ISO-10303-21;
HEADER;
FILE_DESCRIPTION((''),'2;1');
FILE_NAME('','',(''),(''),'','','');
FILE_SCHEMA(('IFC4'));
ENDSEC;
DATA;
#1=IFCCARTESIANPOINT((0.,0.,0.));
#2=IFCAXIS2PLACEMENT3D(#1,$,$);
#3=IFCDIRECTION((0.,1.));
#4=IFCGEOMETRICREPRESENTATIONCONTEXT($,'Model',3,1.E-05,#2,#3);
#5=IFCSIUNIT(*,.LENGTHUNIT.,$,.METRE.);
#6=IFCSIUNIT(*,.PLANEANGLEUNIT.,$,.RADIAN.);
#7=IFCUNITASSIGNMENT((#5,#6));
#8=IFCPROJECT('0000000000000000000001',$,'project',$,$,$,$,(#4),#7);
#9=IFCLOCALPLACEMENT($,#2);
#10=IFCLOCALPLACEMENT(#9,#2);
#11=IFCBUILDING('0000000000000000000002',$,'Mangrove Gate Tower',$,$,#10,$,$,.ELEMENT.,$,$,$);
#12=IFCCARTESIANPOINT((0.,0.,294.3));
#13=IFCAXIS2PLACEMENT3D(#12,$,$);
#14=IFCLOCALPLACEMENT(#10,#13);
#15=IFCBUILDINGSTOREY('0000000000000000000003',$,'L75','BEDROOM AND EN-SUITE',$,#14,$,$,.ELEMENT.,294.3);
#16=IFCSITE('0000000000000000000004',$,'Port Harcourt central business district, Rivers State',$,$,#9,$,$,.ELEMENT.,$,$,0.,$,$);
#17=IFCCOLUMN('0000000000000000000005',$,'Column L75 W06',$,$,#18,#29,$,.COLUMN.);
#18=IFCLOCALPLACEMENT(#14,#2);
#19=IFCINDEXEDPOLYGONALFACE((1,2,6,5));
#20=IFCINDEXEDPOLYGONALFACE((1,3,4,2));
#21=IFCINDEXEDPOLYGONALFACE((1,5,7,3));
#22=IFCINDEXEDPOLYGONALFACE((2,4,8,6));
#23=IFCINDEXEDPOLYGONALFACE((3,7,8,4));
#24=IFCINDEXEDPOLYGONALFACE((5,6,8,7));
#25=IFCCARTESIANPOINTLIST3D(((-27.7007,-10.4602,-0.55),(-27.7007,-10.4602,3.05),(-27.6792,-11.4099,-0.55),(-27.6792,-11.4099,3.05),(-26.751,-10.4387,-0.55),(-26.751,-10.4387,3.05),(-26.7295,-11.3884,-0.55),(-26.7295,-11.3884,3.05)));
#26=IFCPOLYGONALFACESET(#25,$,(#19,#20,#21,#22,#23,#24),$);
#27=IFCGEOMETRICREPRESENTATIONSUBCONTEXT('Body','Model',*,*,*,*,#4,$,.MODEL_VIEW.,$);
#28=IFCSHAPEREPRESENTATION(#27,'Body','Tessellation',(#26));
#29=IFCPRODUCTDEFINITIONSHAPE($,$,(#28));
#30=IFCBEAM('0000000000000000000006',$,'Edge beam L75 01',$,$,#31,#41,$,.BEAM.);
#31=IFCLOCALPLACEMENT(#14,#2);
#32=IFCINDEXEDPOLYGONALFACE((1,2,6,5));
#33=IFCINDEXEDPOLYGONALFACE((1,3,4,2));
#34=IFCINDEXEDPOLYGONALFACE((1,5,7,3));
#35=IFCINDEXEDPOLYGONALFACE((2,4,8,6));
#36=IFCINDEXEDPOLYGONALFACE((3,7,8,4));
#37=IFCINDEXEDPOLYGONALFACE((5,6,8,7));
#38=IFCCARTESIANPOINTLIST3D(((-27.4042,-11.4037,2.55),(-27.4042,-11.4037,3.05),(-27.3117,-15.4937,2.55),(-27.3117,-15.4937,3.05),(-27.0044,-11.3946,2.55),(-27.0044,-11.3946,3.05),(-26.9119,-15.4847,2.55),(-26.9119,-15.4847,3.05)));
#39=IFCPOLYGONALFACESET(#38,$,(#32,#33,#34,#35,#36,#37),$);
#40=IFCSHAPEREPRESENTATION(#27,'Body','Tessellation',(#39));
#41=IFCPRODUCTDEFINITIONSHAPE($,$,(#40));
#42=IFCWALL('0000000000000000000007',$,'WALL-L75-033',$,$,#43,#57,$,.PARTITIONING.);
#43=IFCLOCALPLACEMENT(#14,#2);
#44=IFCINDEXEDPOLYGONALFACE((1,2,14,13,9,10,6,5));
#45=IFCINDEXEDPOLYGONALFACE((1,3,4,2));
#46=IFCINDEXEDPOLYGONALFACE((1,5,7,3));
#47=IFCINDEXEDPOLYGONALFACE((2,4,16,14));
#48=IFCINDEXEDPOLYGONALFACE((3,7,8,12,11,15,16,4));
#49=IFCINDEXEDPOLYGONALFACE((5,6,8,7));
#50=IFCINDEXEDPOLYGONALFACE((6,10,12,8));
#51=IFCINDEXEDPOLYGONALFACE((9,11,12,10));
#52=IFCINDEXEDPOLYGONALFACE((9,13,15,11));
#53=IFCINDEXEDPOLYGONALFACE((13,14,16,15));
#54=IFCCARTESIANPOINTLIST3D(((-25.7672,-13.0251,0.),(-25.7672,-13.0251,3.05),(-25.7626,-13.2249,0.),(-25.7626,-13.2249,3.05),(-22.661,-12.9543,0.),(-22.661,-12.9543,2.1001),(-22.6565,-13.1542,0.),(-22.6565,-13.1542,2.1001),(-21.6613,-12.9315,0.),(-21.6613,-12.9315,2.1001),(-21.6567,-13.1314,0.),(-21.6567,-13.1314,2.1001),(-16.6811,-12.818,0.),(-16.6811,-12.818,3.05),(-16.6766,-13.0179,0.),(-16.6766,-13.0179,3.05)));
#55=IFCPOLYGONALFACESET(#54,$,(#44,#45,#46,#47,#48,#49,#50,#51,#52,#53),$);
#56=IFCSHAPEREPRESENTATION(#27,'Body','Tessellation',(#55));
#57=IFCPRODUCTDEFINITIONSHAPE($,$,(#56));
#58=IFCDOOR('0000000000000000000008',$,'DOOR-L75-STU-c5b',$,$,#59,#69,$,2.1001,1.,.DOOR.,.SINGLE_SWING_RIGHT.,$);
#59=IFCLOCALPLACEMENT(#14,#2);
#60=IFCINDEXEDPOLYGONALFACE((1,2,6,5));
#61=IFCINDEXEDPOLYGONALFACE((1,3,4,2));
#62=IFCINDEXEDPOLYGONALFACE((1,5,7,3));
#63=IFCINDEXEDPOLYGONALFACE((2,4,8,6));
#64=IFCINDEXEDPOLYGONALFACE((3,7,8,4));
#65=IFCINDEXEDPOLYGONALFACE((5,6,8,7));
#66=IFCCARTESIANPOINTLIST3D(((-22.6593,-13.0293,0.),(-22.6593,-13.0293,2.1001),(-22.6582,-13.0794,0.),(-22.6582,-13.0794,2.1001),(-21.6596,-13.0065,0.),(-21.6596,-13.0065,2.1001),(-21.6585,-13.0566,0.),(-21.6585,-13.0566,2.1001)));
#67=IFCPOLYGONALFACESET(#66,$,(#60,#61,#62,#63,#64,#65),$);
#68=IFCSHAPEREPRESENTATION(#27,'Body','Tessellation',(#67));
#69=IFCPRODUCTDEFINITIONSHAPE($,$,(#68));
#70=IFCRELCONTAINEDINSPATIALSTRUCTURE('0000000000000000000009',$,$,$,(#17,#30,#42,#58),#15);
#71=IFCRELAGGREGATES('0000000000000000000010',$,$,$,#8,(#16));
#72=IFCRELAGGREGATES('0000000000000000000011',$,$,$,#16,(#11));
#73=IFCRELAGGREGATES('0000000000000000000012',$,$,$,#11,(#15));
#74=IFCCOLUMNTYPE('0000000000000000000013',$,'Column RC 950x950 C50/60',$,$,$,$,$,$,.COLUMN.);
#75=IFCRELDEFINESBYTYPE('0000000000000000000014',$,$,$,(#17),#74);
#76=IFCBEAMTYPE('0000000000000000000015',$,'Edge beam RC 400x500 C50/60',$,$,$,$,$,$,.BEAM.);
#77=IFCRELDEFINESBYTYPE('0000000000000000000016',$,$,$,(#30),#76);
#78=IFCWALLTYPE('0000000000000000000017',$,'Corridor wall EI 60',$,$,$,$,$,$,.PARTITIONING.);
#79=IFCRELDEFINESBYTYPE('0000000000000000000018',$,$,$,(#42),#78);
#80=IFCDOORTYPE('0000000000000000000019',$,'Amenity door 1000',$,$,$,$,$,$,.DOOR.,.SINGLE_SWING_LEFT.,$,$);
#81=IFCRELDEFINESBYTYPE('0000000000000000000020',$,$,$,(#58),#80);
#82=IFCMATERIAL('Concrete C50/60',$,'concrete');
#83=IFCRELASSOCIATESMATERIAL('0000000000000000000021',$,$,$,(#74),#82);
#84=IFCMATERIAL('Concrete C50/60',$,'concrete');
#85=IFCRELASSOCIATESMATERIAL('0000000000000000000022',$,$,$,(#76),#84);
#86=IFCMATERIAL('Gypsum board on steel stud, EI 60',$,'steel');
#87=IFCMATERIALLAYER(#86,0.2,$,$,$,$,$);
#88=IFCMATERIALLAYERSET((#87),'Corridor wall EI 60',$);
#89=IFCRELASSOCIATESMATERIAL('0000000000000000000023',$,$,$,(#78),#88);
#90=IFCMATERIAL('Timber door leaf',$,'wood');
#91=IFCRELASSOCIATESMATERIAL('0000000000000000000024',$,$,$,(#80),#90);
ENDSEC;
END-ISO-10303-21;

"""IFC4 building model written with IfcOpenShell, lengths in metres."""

from ifc_helpers import new_model, si_unit, direction, frame, frame_2d, origin, origin_2d, place, context, subcontext, project, spatial, rectangle, extrude, material, layer, layer_set, material_profile, profile_set, type_object, element, fill, save


model = new_model("IFC4")

# Units and contexts
model_context = context("Model", 3, precision=1e-05, world=origin(), true_north=direction((0.0, 1.0)))
body_context = subcontext(model_context, "Body", "Model", "MODEL_VIEW")
ifc_project = project(units=[si_unit("LENGTHUNIT", "METRE"), si_unit("PLANEANGLEUNIT", "RADIAN")], contexts=[model_context])

# Site, building, storey
site_placement = place(None, origin())
site = spatial("IfcSite", under=ifc_project, at=site_placement, Name="Port Harcourt central business district, Rivers State", CompositionType="ELEMENT", RefElevation=0.0)
building_placement = place(site_placement, origin())
building = spatial("IfcBuilding", under=site, at=building_placement, Name="Mangrove Gate Tower", CompositionType="ELEMENT")
storey_placement = place(building_placement, frame((0.0, 0.0, 294.3)))
storey = spatial("IfcBuildingStorey", under=building, at=storey_placement, Name="L75", Description="BEDROOM AND EN-SUITE", CompositionType="ELEMENT", Elevation=294.3)

# Column
ifc_material_1 = material(Name="Concrete C50/60", Category="concrete")
ifc_material_profile_1 = material_profile(ifc_material_1, rectangle(XDim=0.95, YDim=0.95, at=origin_2d()))
ifc_profile_set_1 = profile_set([ifc_material_profile_1], Name="Concrete C50/60")
column_type = type_object("IfcColumnType", Name="Column RC 950x950 C50/60", PredefinedType="COLUMN", material=ifc_profile_set_1)
column_placement = place(storey_placement, frame((-27.2151, -10.9243, -0.55), z_axis=(0.0, 0.0, 1.0), x_axis=(0.022611, -0.999744, 0.0)))
element("IfcColumn", 1, at=column_placement, inside=storey, type_object=column_type, Name="Column L75 W06", PredefinedType="COLUMN", context=body_context, shape_type="SweptSolid", body=[
    extrude(rectangle(XDim=0.95, YDim=0.95, at=origin_2d()), origin(), (0.0, 0.0, 1.0), 3.6001),
])

# Beam
ifc_material_2 = material(Name="Concrete C50/60", Category="concrete")
ifc_material_profile_2 = material_profile(ifc_material_2, rectangle(XDim=0.3999, YDim=0.5, at=origin_2d()))
ifc_profile_set_2 = profile_set([ifc_material_profile_2], Name="Concrete C50/60")
beam_type = type_object("IfcBeamType", Name="Edge beam RC 400x500 C50/60", PredefinedType="BEAM", material=ifc_profile_set_2)
beam_placement = place(storey_placement, frame((-27.2043, -11.3992, 2.8), z_axis=(0.022617, -0.999744, 0.0), x_axis=(0.999744, 0.022617, 0.0)))
element("IfcBeam", 2, at=beam_placement, inside=storey, type_object=beam_type, Name="Edge beam L75 01", PredefinedType="BEAM", context=body_context, shape_type="SweptSolid", body=[
    extrude(rectangle(XDim=0.3999, YDim=0.5, at=origin_2d()), origin(), (0.0, 0.0, 1.0), 4.0911),
])

# Shared definitions
ifc_material_3 = material(Name="Gypsum board on steel stud, EI 60", Category="steel")
ifc_layer = layer(ifc_material_3, 0.2)
ifc_layer_set = layer_set([ifc_layer], Name="Corridor wall EI 60")
wall_type = type_object("IfcWallType", Name="Corridor wall EI 60", PredefinedType="PARTITIONING", material=ifc_layer_set)
ifc_material_4 = material(Name="Timber door leaf", Category="wood")
door_type_1 = type_object("IfcDoorType", Name="Amenity door 1000", OperationType="SINGLE_SWING_LEFT", PredefinedType="DOOR", material=ifc_material_4)

# Wall, opening, door
wall_1_placement = place(storey_placement, frame((-25.7649, -13.125, 0.0), z_axis=(0.0, 0.0, 1.0), x_axis=(0.999741, 0.02278, 0.0)))
wall_1 = element("IfcWall", 3, at=wall_1_placement, inside=storey, type_object=wall_type, Name="WALL-L75-033", PredefinedType="PARTITIONING", context=body_context, shape_type="SweptSolid", body=[
    extrude(rectangle(XDim=9.0884, YDim=0.2, at=frame_2d((4.5442, 0.0))), origin(), (0.0, 0.0, 1.0), 3.05),
])
opening_1_placement = place(wall_1_placement, frame((3.1069, 0.0, 0.0)))
opening_1 = element("IfcOpeningElement", 4, at=opening_1_placement, cuts=wall_1, PredefinedType="OPENING", context=body_context, shape_type="SweptSolid", body=[
    extrude(rectangle(XDim=1.0, YDim=2.1001, at=frame_2d((0.5, 1.05))), frame((0.0, 0.1099, 0.0), z_axis=(0.0, -1.0, 0.0), x_axis=(1.0, 0.0, 0.0)), (0.0, 0.0, 1.0), 0.22),
])
door_1_placement = place(opening_1_placement, origin())
door_1 = element("IfcDoor", 5, at=door_1_placement, inside=storey, type_object=door_type_1, Name="DOOR-L75-STU-c5b", OperationType="SINGLE_SWING_RIGHT", OverallHeight=2.1001, OverallWidth=1.0, PredefinedType="DOOR", context=body_context, shape_type="SweptSolid", body=[
    extrude(rectangle(XDim=1.0, YDim=2.1001, at=frame_2d((0.5, 1.05))), frame((0.0, 0.0249, 0.0), z_axis=(0.0, -1.0, 0.0), x_axis=(1.0, 0.0, 0.0)), (0.0, 0.0, 1.0), 0.05),
])
fill(opening_1, door_1)

save(model, "model.ifc")
